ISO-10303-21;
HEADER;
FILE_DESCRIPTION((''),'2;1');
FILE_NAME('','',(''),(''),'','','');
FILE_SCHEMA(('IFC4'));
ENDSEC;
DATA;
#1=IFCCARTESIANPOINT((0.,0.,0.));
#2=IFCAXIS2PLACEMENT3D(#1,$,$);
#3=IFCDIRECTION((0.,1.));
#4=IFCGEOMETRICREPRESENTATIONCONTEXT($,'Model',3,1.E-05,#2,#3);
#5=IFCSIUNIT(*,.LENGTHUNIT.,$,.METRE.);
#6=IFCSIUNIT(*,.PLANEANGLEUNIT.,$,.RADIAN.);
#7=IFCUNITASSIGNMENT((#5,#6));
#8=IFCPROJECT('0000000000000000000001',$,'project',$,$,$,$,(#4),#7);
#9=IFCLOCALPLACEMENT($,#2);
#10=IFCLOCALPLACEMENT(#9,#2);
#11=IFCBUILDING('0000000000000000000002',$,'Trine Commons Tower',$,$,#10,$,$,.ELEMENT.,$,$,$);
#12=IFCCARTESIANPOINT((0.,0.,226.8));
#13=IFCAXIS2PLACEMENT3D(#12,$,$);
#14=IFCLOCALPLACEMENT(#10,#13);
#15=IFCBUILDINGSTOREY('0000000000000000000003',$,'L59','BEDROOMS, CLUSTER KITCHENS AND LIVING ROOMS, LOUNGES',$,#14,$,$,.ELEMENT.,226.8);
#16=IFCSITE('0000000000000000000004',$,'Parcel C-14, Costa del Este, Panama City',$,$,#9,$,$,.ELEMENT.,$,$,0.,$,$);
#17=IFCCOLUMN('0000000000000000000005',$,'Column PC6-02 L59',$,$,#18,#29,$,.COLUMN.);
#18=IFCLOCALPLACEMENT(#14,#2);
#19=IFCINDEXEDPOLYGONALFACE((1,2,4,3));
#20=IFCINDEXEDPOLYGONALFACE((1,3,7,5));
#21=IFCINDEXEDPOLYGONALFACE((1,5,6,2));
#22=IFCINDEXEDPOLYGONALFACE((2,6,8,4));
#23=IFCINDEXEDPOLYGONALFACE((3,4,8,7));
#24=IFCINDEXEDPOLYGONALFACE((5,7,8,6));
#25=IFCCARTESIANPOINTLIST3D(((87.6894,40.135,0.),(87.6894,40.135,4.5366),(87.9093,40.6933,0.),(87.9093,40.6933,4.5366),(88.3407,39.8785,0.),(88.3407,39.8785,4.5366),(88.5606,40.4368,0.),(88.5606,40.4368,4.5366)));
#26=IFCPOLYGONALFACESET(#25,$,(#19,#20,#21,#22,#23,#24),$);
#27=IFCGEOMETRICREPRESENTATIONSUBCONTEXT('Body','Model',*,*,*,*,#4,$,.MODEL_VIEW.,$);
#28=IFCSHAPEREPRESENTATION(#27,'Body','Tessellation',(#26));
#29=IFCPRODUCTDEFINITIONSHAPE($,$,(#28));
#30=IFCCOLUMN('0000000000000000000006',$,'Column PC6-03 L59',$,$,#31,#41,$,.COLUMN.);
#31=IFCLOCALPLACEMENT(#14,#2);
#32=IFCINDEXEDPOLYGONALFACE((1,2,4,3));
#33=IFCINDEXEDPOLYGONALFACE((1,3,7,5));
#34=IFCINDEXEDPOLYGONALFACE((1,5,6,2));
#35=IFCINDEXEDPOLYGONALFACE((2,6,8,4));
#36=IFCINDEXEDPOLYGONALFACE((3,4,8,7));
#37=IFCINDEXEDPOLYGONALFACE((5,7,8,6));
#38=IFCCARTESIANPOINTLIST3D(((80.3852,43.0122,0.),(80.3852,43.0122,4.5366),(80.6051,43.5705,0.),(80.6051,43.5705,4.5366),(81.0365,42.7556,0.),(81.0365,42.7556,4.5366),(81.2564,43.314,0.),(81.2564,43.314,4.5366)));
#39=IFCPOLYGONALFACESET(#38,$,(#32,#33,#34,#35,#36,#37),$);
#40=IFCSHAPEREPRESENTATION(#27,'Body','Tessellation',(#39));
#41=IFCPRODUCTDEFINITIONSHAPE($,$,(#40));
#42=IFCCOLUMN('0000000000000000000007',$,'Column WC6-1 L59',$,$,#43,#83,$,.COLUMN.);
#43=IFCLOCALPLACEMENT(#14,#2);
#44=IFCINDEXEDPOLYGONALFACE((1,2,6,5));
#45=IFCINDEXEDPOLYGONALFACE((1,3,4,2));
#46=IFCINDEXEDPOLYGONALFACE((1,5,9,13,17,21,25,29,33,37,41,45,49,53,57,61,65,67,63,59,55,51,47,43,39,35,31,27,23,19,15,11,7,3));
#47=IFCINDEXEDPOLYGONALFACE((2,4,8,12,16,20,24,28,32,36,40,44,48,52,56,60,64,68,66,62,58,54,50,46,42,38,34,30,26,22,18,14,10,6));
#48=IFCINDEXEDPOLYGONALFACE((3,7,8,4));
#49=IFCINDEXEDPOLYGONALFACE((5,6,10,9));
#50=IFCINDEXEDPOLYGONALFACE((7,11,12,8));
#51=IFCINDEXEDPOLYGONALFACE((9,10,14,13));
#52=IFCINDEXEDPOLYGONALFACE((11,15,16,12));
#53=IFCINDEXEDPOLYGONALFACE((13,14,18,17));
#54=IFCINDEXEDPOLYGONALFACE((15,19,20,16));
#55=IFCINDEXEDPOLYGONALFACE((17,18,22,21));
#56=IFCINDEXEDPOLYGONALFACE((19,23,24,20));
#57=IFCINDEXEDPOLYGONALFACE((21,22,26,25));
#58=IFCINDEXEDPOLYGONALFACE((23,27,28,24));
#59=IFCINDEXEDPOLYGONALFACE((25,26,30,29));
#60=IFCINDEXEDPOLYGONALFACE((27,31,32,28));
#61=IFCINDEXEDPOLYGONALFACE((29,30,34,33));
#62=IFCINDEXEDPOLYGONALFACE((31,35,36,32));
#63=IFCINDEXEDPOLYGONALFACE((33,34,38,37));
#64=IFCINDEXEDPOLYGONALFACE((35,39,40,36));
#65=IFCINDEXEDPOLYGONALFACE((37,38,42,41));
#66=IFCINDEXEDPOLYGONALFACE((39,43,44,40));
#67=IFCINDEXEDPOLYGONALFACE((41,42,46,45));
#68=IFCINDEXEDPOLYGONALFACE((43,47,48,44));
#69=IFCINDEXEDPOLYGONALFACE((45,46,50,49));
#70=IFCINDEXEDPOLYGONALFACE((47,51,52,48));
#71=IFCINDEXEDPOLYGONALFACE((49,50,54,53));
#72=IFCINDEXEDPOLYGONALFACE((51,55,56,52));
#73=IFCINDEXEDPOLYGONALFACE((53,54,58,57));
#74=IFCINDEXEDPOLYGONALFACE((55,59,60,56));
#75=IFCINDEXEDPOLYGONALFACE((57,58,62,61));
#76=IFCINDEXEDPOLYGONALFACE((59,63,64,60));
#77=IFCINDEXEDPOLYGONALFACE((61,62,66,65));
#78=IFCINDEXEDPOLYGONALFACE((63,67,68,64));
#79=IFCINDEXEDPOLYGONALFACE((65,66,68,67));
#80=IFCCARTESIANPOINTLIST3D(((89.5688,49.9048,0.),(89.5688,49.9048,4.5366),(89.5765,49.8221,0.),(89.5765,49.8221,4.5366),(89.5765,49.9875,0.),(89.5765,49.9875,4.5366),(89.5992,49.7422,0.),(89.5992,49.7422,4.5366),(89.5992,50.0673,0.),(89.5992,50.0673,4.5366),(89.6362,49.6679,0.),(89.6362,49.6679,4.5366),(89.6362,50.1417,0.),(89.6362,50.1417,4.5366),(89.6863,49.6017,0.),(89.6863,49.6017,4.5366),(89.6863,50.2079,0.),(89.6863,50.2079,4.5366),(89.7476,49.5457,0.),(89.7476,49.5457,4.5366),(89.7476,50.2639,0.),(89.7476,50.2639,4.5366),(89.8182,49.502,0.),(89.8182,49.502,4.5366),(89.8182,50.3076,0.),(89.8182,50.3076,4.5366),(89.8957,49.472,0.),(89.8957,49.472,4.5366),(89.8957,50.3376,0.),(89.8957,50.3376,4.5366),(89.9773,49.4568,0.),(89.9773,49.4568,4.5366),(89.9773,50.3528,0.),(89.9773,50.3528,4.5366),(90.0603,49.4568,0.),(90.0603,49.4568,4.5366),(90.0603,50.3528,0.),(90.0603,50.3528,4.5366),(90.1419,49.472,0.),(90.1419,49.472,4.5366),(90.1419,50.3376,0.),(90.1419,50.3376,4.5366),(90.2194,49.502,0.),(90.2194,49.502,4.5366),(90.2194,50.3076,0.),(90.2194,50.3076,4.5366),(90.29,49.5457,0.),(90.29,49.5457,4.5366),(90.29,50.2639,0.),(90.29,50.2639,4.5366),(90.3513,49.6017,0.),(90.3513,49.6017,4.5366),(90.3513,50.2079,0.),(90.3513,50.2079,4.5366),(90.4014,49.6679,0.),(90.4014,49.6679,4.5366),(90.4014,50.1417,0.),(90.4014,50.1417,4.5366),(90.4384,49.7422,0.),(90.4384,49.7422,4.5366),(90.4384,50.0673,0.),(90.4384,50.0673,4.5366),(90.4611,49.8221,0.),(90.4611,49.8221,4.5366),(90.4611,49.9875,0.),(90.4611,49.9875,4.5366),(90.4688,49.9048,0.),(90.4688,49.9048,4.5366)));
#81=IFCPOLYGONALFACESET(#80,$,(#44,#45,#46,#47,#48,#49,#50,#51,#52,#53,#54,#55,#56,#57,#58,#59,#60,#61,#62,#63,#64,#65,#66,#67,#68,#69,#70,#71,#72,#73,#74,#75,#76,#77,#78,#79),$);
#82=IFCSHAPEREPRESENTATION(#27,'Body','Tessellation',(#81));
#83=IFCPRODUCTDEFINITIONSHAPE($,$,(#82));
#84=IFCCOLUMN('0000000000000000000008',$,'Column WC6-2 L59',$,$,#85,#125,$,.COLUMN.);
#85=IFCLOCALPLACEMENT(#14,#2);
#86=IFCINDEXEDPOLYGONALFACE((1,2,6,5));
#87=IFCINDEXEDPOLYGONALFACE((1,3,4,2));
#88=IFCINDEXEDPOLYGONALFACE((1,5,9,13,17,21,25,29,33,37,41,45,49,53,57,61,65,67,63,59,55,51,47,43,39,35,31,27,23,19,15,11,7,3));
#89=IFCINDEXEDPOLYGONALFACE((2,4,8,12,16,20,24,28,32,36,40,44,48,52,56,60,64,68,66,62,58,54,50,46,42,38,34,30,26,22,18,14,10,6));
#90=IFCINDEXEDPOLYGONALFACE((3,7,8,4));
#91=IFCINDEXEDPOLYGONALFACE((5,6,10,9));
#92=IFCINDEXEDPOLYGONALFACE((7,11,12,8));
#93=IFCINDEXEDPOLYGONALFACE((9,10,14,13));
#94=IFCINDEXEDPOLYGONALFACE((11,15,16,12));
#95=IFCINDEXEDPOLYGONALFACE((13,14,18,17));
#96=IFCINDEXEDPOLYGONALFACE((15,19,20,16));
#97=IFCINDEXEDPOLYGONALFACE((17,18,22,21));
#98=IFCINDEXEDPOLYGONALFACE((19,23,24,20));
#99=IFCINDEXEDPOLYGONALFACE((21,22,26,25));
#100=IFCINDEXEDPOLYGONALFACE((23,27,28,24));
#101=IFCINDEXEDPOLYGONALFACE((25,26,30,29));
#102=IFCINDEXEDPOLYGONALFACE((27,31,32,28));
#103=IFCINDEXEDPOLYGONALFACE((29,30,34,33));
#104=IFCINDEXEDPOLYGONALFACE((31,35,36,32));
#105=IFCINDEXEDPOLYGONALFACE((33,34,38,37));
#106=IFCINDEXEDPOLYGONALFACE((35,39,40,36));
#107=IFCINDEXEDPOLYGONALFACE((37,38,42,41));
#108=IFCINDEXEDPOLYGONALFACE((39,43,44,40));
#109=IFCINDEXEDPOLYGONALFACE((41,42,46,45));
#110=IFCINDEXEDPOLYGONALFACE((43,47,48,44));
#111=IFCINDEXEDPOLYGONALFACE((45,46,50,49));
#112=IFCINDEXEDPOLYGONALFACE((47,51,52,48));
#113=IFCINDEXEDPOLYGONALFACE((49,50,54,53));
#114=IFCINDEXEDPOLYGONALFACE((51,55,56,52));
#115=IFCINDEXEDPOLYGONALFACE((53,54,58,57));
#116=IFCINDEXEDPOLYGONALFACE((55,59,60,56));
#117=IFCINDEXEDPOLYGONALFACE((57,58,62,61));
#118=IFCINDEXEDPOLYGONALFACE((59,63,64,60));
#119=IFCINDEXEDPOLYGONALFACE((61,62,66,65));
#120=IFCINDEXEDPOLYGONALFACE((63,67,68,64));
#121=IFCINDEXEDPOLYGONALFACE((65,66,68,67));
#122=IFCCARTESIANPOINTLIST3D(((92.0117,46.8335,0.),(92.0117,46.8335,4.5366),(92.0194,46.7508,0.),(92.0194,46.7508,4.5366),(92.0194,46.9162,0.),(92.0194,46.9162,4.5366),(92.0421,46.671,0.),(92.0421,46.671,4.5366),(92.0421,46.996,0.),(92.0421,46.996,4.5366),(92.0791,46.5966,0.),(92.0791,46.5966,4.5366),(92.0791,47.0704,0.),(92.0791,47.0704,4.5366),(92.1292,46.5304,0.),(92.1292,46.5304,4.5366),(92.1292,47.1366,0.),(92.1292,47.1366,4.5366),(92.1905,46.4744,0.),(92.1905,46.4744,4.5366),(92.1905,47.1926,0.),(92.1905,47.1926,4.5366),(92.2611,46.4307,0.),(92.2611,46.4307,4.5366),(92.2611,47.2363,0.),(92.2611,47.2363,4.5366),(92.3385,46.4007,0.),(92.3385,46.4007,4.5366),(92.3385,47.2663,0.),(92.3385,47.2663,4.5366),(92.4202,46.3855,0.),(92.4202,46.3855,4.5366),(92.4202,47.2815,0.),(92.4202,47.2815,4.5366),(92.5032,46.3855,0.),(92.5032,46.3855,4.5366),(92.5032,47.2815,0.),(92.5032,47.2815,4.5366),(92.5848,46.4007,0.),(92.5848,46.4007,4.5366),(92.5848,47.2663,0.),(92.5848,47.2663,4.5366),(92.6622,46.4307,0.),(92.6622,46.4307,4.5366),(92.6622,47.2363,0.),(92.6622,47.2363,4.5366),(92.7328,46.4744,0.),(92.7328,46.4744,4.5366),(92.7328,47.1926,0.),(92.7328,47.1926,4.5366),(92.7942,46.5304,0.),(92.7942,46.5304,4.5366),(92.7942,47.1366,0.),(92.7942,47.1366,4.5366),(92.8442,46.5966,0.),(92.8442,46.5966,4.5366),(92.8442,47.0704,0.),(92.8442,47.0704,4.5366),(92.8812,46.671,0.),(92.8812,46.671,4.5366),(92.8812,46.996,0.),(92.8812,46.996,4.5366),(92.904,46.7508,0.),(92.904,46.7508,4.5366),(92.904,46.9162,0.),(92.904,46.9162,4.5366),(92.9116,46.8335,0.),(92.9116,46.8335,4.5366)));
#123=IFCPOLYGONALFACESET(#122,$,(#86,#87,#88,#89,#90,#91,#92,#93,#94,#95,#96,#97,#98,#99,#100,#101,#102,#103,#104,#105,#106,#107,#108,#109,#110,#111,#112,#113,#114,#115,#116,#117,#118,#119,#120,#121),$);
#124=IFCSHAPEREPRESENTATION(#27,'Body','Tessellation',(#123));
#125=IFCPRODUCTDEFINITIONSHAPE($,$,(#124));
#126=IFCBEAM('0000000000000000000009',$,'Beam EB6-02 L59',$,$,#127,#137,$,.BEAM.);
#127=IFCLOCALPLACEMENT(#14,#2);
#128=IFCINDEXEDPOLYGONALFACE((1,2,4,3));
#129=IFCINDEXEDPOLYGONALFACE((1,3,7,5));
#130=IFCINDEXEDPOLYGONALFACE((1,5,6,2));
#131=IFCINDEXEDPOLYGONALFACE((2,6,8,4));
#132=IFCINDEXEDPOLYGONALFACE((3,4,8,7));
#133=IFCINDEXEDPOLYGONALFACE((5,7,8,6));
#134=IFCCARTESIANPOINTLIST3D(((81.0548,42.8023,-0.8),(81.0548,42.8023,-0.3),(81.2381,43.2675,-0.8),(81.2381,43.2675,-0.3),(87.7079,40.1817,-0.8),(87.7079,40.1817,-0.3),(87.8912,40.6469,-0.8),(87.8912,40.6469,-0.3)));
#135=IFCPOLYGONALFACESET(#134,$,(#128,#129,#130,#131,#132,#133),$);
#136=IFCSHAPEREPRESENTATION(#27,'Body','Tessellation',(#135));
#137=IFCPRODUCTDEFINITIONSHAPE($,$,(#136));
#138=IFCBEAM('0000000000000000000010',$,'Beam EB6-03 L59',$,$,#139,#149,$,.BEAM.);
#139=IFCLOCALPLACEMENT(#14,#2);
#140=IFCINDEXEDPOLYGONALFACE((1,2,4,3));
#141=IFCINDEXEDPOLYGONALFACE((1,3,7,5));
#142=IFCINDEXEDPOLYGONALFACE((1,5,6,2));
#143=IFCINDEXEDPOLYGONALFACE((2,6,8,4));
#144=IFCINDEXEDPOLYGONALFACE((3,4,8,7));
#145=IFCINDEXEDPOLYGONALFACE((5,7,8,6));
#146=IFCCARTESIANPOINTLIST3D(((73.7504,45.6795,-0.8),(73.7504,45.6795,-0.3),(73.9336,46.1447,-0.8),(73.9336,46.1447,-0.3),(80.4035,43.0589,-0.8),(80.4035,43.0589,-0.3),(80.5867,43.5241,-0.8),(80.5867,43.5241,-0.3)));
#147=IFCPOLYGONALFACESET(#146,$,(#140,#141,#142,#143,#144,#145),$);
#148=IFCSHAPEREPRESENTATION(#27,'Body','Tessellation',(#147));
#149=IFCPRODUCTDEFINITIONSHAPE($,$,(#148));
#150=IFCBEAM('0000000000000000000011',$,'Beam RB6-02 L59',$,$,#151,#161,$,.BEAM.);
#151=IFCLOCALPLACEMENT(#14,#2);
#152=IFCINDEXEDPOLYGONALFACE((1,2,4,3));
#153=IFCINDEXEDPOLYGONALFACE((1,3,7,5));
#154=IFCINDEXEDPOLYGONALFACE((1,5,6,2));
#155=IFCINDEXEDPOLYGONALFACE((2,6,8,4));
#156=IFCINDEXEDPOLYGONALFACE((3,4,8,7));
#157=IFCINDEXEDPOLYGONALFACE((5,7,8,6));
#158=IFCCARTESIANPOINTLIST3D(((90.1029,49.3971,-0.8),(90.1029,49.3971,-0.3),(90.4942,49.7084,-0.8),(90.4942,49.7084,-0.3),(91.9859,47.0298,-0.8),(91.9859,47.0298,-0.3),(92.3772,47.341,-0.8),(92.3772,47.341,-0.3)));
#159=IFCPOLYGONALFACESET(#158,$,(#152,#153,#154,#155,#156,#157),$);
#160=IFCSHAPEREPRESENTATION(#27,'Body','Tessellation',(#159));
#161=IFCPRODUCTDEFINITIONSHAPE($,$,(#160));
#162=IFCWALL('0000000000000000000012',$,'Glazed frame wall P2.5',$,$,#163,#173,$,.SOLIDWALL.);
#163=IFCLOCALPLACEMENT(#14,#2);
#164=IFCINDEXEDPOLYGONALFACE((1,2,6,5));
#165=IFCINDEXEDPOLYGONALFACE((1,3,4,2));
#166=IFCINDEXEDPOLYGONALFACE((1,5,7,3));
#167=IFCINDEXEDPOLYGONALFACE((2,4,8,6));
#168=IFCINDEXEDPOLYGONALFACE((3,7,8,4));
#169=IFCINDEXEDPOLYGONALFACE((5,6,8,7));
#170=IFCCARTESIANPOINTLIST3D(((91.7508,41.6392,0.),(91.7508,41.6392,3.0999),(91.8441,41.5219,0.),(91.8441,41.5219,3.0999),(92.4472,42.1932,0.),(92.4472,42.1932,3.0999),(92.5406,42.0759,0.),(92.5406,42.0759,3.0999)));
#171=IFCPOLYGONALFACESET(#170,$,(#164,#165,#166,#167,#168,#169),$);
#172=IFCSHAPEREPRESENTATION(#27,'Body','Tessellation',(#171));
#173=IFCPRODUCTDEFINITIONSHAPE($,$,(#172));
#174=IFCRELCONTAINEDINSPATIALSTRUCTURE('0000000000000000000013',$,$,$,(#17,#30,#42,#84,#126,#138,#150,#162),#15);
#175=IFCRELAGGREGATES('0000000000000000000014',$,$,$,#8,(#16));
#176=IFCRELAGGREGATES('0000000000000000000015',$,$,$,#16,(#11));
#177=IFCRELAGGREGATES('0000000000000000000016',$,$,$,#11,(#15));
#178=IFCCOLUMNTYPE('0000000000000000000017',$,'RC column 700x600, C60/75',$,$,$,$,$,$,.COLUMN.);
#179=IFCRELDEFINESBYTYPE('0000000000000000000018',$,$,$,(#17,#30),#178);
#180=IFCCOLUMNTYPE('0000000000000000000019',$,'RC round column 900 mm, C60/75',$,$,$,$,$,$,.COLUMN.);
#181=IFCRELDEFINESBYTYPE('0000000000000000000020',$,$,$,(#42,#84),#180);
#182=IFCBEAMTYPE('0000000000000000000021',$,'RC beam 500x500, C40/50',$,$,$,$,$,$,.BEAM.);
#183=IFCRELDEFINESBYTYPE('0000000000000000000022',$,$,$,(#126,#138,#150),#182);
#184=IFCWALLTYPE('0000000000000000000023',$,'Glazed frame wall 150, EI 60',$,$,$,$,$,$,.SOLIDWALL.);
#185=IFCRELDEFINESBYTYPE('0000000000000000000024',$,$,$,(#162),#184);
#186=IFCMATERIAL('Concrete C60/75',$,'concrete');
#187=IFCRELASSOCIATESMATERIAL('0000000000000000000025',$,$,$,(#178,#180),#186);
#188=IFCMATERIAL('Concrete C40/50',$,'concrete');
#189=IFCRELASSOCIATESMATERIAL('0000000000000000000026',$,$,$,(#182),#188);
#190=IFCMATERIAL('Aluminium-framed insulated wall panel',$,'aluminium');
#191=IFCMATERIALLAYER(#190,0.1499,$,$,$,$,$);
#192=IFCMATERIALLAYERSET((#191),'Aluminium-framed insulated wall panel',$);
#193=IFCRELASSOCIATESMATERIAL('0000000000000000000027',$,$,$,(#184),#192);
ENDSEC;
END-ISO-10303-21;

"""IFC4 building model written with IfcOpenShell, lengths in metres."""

from ifc_helpers import new_model, si_unit, direction, frame, origin, origin_2d, place, context, subcontext, project, spatial, polyline, rectangle, circle, outline, extrude, material, layer, layer_set, material_profile, profile_set, type_object, element, save


model = new_model("IFC4")

# Units and contexts
model_context = context("Model", 3, precision=1e-05, world=origin(), true_north=direction((0.0, 1.0)))
body_context = subcontext(model_context, "Body", "Model", "MODEL_VIEW")
ifc_project = project(units=[si_unit("LENGTHUNIT", "METRE"), si_unit("PLANEANGLEUNIT", "RADIAN")], contexts=[model_context])

# Site, building, storey
site_placement = place(None, origin())
site = spatial("IfcSite", under=ifc_project, at=site_placement, Name="Parcel C-14, Costa del Este, Panama City", CompositionType="ELEMENT", RefElevation=0.0)
building_placement = place(site_placement, origin())
building = spatial("IfcBuilding", under=site, at=building_placement, Name="Trine Commons Tower", CompositionType="ELEMENT")
storey_placement = place(building_placement, frame((0.0, 0.0, 226.8)))
storey = spatial("IfcBuildingStorey", under=building, at=storey_placement, Name="L59", Description="BEDROOMS, CLUSTER KITCHENS AND LIVING ROOMS, LOUNGES", CompositionType="ELEMENT", Elevation=226.8)

# Columns
ifc_material_1 = material(Name="Concrete C60/75", Category="concrete")
ifc_material_profile_1 = material_profile(ifc_material_1, rectangle(XDim=0.7, YDim=0.6001, at=origin_2d()), Name="RC 700x600")
ifc_profile_set_1 = profile_set([ifc_material_profile_1], Name="Concrete C60/75")
column_type_1 = type_object("IfcColumnType", Name="RC column 700x600, C60/75", PredefinedType="COLUMN", material=ifc_profile_set_1)
for number, where, z_axis, x_axis, name in (
    (1, (88.125, 40.2859, 0.0), (0.0, 0.0, 1.0), (-0.930418, 0.366501, 0.0), "Column PC6-02 L59"),
    (2, (80.8208, 43.1631, 0.0), (0.0, 0.0, 1.0), (-0.930418, 0.366501, 0.0), "Column PC6-03 L59"),
):
    element("IfcColumn", number, at=place(storey_placement, frame(where, z_axis=z_axis, x_axis=x_axis)), inside=storey, type_object=column_type_1, Name=name, PredefinedType="COLUMN", context=body_context, shape_type="SweptSolid", body=[
        extrude(rectangle(XDim=0.7, YDim=0.6001, at=origin_2d()), origin(), (0.0, 0.0, 1.0), 4.5366),
    ])
ifc_material_profile_2 = material_profile(ifc_material_1, circle(Radius=0.45, at=origin_2d()), Name="RC round 900")
ifc_profile_set_2 = profile_set([ifc_material_profile_2], Name="Concrete C60/75")
column_type_2 = type_object("IfcColumnType", Name="RC round column 900 mm, C60/75", PredefinedType="COLUMN", material=ifc_profile_set_2)
for number, where, z_axis, x_axis, name in (
    (3, (90.0188, 49.9048, 0.0), (0.0, 0.0, 1.0), (1.0, 0.0, 0.0), "Column WC6-1 L59"),
    (4, (92.4617, 46.8335, 0.0), (0.0, 0.0, 1.0), (1.0, 0.0, 0.0), "Column WC6-2 L59"),
):
    element("IfcColumn", number, at=place(storey_placement, frame(where, z_axis=z_axis, x_axis=x_axis)), inside=storey, type_object=column_type_2, Name=name, PredefinedType="COLUMN", context=body_context, shape_type="SweptSolid", body=[
        extrude(circle(Radius=0.45, at=origin_2d()), origin(), (0.0, 0.0, 1.0), 4.5366),
    ])

# Beams
ifc_material_2 = material(Name="Concrete C40/50", Category="concrete")
ifc_material_profile_3 = material_profile(ifc_material_2, rectangle(XDim=0.5, YDim=0.5, at=origin_2d()), Name="RC 500x500")
ifc_profile_set_3 = profile_set([ifc_material_profile_3], Name="Concrete C40/50")
beam_type = type_object("IfcBeamType", Name="RC beam 500x500, C40/50", PredefinedType="BEAM", material=ifc_profile_set_3)
for number, where, z_axis, x_axis, name in (
    (5, (87.7996, 40.4143, -0.55), (-0.930423, 0.366488, 0.0), (-0.366488, -0.930423, 0.0), "Beam EB6-02 L59"),
    (6, (80.4951, 43.2915, -0.55), (-0.930423, 0.366488, 0.0), (-0.366488, -0.930423, 0.0), "Beam EB6-03 L59"),
):
    element("IfcBeam", number, at=place(storey_placement, frame(where, z_axis=z_axis, x_axis=x_axis)), inside=storey, type_object=beam_type, Name=name, PredefinedType="BEAM", context=body_context, shape_type="SweptSolid", body=[
        extrude(rectangle(XDim=0.5, YDim=0.5, at=origin_2d()), origin(), (0.0, 0.0, 1.0), 7.1506),
    ])
beam_placement = place(storey_placement, frame((90.2986, 49.5527, -0.55), z_axis=(0.622498, -0.782622, 0.0), x_axis=(0.782622, 0.622498, 0.0)))
element("IfcBeam", 7, at=beam_placement, inside=storey, type_object=beam_type, Name="Beam RB6-02 L59", PredefinedType="BEAM", context=body_context, shape_type="SweptSolid", body=[
    extrude(rectangle(XDim=0.5, YDim=0.5, at=origin_2d()), origin(), (0.0, 0.0, 1.0), 3.0249),
])

# Wall
ifc_material_3 = material(Name="Aluminium-framed insulated wall panel", Category="aluminium")
ifc_layer_1 = layer(ifc_material_3, 0.1499)
ifc_layer_set_1 = layer_set([ifc_layer_1], Name="Aluminium-framed insulated wall panel")
wall_type_1 = type_object("IfcWallType", Name="Glazed frame wall 150, EI 60", PredefinedType="SOLIDWALL", material=ifc_layer_set_1)
wall_1_placement = place(storey_placement, frame((92.4939, 42.1345, 0.0), z_axis=(0.0, 0.0, 1.0), x_axis=(-0.782628, -0.62249, 0.0)))
element("IfcWall", 8, at=wall_1_placement, inside=storey, type_object=wall_type_1, Name="Glazed frame wall P2.5", PredefinedType="SOLIDWALL", context=body_context, shape_type="SweptSolid", body=[
    extrude(outline(polyline([(0.8899, 0.075), (0.0, 0.075), (0.0, -0.075), (0.8899, -0.075), (0.8899, 0.075)])), origin(), (0.0, 0.0, 1.0), 3.0999),
])

save(model, "model.ifc")
